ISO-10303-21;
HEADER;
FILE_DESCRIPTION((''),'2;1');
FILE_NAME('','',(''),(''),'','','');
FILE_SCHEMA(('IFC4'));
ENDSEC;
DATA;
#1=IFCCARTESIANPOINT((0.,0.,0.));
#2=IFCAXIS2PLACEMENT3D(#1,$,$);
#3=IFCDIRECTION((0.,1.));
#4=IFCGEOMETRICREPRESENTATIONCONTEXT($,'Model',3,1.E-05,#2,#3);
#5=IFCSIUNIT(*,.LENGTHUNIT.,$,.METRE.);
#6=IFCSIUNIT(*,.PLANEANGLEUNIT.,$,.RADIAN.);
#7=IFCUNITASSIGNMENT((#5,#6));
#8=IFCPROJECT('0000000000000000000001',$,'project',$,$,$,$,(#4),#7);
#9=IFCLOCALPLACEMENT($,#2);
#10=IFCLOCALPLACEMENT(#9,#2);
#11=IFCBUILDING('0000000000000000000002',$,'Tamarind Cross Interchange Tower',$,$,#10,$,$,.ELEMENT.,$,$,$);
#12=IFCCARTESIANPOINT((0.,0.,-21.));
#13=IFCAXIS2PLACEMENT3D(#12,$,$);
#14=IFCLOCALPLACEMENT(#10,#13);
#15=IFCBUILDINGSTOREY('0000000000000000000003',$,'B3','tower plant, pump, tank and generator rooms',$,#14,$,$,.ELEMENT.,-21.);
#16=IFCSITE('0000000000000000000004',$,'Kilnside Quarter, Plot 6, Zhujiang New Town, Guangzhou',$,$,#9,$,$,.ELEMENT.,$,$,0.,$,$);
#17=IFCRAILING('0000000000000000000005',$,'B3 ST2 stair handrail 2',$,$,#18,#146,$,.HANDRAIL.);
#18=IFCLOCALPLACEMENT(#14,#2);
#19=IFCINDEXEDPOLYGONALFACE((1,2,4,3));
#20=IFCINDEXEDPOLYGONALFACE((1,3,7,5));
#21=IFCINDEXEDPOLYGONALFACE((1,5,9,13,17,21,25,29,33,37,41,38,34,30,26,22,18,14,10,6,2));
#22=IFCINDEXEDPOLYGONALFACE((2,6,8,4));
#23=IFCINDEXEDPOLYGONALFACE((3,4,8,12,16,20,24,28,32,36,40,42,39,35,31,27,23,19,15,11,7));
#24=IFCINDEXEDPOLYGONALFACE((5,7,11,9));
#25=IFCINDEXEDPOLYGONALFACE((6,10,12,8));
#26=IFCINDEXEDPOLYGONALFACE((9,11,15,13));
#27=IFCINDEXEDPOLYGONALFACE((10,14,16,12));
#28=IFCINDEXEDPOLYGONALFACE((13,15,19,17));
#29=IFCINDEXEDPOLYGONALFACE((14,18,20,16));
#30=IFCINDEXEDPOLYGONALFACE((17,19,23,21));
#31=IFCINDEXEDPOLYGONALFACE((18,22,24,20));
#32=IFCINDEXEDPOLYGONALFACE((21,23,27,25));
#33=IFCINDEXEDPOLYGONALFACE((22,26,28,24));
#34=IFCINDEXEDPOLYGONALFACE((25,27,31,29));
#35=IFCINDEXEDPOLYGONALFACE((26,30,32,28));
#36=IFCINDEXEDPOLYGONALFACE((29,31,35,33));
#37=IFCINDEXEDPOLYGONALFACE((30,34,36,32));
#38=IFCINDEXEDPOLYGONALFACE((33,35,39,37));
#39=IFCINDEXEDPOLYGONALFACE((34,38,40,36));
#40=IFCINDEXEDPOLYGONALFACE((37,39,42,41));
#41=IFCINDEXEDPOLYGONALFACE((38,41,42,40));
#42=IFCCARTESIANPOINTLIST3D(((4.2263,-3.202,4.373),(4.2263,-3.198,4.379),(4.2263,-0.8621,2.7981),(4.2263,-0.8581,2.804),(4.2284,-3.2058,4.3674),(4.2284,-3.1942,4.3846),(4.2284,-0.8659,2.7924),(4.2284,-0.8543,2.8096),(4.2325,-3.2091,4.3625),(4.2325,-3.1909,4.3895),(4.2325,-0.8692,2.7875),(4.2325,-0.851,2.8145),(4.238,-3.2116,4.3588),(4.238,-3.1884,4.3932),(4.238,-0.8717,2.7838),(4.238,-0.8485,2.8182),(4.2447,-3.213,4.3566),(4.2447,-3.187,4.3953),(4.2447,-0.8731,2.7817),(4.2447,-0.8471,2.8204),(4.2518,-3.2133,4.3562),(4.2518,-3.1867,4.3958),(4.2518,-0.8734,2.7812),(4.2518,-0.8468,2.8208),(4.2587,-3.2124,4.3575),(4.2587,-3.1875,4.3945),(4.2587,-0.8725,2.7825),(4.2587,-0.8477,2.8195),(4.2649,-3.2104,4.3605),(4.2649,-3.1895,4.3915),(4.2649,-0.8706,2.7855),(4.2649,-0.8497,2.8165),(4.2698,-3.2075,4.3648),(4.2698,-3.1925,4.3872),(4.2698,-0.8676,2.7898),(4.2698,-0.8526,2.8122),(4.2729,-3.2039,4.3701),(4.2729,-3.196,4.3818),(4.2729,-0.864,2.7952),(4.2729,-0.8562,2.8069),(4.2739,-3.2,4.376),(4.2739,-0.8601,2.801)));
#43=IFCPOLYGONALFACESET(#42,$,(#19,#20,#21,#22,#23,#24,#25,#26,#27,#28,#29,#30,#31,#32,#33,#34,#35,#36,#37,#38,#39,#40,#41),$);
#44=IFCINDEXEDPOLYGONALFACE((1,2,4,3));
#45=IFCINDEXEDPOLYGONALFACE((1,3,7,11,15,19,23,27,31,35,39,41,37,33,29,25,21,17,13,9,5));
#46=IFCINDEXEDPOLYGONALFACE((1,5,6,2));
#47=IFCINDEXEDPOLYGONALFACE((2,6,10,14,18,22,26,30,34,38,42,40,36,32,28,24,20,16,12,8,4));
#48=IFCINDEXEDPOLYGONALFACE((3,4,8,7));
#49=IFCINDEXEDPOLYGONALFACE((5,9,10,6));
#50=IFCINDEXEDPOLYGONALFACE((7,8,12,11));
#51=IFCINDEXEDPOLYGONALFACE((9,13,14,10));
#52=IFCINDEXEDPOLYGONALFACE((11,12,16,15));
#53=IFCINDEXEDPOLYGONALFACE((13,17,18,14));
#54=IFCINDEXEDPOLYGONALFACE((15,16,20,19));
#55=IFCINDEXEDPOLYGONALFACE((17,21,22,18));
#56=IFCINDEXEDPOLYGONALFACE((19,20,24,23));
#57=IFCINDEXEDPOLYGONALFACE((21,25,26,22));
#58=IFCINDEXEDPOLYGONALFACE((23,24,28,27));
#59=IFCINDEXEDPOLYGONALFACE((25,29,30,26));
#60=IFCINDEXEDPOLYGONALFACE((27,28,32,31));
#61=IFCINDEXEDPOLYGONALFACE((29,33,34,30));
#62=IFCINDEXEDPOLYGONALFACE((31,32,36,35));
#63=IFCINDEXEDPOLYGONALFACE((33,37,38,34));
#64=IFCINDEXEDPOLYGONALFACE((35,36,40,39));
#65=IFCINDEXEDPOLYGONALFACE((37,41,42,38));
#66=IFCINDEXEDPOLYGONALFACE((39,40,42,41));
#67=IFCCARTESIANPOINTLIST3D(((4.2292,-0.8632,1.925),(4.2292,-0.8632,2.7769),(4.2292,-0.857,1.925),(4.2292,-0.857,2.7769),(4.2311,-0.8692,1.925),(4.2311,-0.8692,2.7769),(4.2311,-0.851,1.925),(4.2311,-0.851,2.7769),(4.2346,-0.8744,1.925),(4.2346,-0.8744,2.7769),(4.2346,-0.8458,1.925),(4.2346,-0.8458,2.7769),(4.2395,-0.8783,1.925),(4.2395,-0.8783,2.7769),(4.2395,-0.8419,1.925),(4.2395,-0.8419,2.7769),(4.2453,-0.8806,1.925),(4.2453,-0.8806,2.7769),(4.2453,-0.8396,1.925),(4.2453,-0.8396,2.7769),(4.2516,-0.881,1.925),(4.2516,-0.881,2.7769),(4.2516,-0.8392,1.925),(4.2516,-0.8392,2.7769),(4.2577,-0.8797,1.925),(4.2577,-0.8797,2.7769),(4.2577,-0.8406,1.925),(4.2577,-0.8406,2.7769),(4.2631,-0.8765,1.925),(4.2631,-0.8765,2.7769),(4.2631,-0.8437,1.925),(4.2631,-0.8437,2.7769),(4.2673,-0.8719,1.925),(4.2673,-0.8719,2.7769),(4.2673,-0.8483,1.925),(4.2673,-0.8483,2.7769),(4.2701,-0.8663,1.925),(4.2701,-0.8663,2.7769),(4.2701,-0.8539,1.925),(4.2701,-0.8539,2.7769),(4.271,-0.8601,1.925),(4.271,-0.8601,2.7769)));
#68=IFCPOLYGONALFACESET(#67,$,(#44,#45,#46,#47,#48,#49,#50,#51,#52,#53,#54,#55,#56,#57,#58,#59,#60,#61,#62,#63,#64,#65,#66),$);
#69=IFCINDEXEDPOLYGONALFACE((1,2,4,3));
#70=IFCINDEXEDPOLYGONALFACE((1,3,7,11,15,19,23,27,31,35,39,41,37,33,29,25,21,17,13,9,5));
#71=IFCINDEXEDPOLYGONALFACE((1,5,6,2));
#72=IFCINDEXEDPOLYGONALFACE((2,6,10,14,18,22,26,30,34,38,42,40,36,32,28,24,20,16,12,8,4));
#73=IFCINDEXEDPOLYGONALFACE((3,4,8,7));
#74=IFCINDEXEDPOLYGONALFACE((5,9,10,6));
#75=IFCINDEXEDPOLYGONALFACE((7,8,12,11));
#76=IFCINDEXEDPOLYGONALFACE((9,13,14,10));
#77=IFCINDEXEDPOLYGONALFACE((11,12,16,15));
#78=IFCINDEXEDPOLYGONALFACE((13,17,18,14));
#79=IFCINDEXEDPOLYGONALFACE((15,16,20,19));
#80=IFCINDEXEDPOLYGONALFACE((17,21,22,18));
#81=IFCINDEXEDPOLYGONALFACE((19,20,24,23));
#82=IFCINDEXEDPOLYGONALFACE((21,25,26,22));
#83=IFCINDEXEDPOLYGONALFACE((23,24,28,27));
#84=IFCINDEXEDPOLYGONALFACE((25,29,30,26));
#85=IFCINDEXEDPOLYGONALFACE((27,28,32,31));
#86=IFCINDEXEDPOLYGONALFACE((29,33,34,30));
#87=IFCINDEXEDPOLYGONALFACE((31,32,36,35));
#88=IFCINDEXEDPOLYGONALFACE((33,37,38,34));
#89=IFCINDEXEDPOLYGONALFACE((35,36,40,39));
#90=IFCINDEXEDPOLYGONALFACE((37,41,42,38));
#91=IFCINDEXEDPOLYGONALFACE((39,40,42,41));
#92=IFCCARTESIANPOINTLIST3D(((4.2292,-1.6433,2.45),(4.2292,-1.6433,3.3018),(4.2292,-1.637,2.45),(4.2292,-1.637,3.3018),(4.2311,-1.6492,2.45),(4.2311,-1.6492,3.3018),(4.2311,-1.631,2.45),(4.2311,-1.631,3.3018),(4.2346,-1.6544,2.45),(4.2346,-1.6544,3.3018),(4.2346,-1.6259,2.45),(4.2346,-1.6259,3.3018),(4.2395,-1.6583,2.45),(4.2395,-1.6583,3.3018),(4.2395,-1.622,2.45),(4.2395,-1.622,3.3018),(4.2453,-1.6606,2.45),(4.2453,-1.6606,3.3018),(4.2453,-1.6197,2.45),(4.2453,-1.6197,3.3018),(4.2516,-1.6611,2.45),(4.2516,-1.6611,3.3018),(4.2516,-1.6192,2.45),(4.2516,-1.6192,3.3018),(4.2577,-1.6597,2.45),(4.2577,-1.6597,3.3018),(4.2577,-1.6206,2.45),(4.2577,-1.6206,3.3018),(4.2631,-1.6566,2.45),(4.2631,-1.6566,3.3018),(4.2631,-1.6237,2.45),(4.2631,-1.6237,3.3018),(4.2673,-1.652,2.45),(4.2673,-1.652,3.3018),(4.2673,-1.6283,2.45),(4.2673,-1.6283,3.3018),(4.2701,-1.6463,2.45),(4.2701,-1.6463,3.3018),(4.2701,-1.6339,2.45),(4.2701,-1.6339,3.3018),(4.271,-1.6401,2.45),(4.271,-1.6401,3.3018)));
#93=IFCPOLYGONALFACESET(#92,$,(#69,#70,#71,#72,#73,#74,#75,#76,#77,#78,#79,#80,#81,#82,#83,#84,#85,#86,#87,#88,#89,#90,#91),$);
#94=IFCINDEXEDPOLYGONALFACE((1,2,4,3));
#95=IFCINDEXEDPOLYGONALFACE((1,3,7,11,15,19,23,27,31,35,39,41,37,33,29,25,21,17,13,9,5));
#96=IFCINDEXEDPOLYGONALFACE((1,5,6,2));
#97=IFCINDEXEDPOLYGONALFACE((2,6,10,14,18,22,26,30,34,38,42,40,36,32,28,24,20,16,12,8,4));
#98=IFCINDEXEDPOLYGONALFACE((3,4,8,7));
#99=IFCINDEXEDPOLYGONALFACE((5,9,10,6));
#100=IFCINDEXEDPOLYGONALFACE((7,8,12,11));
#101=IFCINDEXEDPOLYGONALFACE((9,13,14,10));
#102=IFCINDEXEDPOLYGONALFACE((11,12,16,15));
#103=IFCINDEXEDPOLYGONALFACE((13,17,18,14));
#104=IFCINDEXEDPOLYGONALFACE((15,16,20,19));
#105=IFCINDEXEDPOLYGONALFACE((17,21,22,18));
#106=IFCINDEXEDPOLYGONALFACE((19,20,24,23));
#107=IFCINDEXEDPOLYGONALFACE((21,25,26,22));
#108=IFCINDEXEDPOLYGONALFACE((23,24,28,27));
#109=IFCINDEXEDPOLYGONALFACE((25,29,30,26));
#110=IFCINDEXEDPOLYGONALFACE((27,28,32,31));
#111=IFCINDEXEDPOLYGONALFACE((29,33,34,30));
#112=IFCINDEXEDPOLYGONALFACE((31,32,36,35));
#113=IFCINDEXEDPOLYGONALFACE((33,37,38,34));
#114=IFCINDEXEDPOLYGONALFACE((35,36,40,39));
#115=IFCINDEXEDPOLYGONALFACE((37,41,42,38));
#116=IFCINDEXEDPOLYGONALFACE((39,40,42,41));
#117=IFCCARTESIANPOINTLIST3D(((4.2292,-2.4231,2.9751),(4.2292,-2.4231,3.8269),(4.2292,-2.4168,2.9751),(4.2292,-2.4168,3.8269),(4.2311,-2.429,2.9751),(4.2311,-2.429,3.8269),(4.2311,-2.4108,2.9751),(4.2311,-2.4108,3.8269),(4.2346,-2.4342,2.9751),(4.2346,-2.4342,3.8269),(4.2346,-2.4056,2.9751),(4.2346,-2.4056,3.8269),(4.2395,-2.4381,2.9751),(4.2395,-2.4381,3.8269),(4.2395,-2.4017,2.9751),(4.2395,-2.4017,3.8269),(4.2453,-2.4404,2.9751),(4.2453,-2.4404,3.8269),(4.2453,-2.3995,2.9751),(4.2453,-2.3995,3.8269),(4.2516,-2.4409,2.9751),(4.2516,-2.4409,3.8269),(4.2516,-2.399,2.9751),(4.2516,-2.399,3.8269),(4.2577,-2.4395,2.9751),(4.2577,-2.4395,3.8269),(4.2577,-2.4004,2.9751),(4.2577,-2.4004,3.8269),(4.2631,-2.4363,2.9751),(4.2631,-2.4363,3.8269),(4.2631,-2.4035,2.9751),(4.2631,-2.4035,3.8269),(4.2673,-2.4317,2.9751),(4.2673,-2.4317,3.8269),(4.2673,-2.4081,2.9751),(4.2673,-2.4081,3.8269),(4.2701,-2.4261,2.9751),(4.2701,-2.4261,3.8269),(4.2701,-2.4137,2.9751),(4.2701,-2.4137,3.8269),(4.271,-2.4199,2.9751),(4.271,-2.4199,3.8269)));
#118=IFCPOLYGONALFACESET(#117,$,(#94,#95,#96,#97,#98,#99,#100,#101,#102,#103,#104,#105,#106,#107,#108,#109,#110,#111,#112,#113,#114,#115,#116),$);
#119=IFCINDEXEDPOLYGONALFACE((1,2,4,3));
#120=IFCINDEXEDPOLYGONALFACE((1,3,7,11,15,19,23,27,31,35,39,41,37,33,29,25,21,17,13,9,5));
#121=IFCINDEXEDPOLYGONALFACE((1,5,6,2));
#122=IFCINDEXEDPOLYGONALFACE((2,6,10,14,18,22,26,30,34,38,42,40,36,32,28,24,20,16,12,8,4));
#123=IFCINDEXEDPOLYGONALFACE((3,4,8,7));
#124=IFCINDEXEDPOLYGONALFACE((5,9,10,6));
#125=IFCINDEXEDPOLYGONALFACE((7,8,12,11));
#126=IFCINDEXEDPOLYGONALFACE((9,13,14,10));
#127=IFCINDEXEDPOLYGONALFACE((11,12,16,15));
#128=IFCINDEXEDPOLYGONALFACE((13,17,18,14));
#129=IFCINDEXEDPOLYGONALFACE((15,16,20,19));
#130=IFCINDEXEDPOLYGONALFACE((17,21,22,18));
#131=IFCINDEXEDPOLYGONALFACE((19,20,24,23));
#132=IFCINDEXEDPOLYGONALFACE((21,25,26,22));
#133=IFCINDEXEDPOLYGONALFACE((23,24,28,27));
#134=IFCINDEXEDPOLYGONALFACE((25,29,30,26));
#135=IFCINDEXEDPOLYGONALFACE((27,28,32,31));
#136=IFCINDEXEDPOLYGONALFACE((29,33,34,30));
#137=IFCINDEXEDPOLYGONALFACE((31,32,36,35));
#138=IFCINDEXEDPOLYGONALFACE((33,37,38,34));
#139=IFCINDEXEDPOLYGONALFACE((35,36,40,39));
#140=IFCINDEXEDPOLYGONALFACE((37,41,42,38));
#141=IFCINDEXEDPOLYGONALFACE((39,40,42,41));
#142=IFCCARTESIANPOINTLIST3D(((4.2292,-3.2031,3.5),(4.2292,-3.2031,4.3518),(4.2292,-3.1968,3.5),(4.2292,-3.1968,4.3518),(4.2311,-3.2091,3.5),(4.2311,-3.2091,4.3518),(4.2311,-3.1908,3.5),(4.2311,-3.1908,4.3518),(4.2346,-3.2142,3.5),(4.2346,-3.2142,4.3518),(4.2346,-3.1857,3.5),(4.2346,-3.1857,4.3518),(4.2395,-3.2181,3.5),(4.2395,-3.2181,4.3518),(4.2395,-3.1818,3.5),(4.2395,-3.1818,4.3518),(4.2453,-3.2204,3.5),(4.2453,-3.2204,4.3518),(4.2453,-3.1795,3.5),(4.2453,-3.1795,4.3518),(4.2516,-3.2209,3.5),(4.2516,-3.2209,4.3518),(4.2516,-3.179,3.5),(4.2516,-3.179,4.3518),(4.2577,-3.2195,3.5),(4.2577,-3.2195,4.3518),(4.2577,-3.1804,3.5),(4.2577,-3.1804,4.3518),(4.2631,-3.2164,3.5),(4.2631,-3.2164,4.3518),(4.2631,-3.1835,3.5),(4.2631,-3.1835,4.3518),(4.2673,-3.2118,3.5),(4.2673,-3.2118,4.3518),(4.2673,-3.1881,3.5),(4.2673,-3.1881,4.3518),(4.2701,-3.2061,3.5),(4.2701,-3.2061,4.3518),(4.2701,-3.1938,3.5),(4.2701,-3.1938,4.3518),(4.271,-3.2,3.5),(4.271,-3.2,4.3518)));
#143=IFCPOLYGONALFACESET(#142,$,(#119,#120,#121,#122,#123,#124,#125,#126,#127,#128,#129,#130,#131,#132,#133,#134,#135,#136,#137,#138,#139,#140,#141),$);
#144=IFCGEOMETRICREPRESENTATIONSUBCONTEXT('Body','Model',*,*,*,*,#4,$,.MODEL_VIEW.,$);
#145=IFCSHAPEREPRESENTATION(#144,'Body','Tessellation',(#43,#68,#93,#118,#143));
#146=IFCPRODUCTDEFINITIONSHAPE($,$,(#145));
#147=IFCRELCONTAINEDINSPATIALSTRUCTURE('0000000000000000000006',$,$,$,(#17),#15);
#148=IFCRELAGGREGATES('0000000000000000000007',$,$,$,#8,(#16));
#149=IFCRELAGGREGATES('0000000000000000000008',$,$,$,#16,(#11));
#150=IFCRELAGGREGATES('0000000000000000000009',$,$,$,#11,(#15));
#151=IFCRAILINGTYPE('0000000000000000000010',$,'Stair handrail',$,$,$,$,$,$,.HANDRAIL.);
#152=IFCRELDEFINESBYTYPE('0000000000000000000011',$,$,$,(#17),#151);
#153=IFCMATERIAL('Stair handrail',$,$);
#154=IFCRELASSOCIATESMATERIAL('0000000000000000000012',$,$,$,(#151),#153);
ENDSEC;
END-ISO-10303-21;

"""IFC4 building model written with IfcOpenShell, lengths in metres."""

from ifc_helpers import new_model, si_unit, direction, frame, origin, origin_2d, place, context, subcontext, project, spatial, circle, extrude, material, type_object, element, save


model = new_model("IFC4")

# Units and contexts
model_context = context("Model", 3, precision=1e-05, world=origin(), true_north=direction((0.0, 1.0)))
body_context = subcontext(model_context, "Body", "Model", "MODEL_VIEW")
ifc_project = project(units=[si_unit("LENGTHUNIT", "METRE"), si_unit("PLANEANGLEUNIT", "RADIAN")], contexts=[model_context])

# Site, building, storey
site_placement = place(None, origin())
site = spatial("IfcSite", under=ifc_project, at=site_placement, Name="Kilnside Quarter, Plot 6, Zhujiang New Town, Guangzhou", CompositionType="ELEMENT", RefElevation=0.0)
building_placement = place(site_placement, origin())
building = spatial("IfcBuilding", under=site, at=building_placement, Name="Tamarind Cross Interchange Tower", CompositionType="ELEMENT")
storey_placement = place(building_placement, frame((0.0, 0.0, -21.0)))
storey = spatial("IfcBuildingStorey", under=building, at=storey_placement, Name="B3", Description="tower plant, pump, tank and generator rooms", CompositionType="ELEMENT", Elevation=-21.0)

# Railing
ifc_material_1 = material(Name="Stair handrail")
railing_type_1 = type_object("IfcRailingType", Name="Stair handrail", PredefinedType="HANDRAIL", material=ifc_material_1)
railing_1_placement = place(storey_placement, frame((4.25, -0.8601, 1.925)))
element("IfcRailing", 1, at=railing_1_placement, inside=storey, type_object=railing_type_1, Name="B3 ST2 stair handrail 2", PredefinedType="HANDRAIL", context=body_context, shape_type="SweptSolid", body=[
    extrude(circle(Radius=0.0239, at=origin_2d()), frame((0.0, 0.0, 0.876), z_axis=(0.0, -0.829578, 0.55839), x_axis=(1.0, 0.0, 0.0)), (0.0, 0.0, 1.0), 2.8206),
    extrude(circle(Radius=0.021, at=origin_2d()), origin(), (0.0, 0.0, 1.0), 0.8518),
    extrude(circle(Radius=0.021, at=origin_2d()), frame((0.0, -0.78, 0.5249)), (0.0, 0.0, 1.0), 0.8518),
    extrude(circle(Radius=0.021, at=origin_2d()), frame((0.0, -1.5598, 1.05)), (0.0, 0.0, 1.0), 0.8518),
    extrude(circle(Radius=0.021, at=origin_2d()), frame((0.0, -2.3398, 1.575)), (0.0, 0.0, 1.0), 0.8518),
])

save(model, "model.ifc")
